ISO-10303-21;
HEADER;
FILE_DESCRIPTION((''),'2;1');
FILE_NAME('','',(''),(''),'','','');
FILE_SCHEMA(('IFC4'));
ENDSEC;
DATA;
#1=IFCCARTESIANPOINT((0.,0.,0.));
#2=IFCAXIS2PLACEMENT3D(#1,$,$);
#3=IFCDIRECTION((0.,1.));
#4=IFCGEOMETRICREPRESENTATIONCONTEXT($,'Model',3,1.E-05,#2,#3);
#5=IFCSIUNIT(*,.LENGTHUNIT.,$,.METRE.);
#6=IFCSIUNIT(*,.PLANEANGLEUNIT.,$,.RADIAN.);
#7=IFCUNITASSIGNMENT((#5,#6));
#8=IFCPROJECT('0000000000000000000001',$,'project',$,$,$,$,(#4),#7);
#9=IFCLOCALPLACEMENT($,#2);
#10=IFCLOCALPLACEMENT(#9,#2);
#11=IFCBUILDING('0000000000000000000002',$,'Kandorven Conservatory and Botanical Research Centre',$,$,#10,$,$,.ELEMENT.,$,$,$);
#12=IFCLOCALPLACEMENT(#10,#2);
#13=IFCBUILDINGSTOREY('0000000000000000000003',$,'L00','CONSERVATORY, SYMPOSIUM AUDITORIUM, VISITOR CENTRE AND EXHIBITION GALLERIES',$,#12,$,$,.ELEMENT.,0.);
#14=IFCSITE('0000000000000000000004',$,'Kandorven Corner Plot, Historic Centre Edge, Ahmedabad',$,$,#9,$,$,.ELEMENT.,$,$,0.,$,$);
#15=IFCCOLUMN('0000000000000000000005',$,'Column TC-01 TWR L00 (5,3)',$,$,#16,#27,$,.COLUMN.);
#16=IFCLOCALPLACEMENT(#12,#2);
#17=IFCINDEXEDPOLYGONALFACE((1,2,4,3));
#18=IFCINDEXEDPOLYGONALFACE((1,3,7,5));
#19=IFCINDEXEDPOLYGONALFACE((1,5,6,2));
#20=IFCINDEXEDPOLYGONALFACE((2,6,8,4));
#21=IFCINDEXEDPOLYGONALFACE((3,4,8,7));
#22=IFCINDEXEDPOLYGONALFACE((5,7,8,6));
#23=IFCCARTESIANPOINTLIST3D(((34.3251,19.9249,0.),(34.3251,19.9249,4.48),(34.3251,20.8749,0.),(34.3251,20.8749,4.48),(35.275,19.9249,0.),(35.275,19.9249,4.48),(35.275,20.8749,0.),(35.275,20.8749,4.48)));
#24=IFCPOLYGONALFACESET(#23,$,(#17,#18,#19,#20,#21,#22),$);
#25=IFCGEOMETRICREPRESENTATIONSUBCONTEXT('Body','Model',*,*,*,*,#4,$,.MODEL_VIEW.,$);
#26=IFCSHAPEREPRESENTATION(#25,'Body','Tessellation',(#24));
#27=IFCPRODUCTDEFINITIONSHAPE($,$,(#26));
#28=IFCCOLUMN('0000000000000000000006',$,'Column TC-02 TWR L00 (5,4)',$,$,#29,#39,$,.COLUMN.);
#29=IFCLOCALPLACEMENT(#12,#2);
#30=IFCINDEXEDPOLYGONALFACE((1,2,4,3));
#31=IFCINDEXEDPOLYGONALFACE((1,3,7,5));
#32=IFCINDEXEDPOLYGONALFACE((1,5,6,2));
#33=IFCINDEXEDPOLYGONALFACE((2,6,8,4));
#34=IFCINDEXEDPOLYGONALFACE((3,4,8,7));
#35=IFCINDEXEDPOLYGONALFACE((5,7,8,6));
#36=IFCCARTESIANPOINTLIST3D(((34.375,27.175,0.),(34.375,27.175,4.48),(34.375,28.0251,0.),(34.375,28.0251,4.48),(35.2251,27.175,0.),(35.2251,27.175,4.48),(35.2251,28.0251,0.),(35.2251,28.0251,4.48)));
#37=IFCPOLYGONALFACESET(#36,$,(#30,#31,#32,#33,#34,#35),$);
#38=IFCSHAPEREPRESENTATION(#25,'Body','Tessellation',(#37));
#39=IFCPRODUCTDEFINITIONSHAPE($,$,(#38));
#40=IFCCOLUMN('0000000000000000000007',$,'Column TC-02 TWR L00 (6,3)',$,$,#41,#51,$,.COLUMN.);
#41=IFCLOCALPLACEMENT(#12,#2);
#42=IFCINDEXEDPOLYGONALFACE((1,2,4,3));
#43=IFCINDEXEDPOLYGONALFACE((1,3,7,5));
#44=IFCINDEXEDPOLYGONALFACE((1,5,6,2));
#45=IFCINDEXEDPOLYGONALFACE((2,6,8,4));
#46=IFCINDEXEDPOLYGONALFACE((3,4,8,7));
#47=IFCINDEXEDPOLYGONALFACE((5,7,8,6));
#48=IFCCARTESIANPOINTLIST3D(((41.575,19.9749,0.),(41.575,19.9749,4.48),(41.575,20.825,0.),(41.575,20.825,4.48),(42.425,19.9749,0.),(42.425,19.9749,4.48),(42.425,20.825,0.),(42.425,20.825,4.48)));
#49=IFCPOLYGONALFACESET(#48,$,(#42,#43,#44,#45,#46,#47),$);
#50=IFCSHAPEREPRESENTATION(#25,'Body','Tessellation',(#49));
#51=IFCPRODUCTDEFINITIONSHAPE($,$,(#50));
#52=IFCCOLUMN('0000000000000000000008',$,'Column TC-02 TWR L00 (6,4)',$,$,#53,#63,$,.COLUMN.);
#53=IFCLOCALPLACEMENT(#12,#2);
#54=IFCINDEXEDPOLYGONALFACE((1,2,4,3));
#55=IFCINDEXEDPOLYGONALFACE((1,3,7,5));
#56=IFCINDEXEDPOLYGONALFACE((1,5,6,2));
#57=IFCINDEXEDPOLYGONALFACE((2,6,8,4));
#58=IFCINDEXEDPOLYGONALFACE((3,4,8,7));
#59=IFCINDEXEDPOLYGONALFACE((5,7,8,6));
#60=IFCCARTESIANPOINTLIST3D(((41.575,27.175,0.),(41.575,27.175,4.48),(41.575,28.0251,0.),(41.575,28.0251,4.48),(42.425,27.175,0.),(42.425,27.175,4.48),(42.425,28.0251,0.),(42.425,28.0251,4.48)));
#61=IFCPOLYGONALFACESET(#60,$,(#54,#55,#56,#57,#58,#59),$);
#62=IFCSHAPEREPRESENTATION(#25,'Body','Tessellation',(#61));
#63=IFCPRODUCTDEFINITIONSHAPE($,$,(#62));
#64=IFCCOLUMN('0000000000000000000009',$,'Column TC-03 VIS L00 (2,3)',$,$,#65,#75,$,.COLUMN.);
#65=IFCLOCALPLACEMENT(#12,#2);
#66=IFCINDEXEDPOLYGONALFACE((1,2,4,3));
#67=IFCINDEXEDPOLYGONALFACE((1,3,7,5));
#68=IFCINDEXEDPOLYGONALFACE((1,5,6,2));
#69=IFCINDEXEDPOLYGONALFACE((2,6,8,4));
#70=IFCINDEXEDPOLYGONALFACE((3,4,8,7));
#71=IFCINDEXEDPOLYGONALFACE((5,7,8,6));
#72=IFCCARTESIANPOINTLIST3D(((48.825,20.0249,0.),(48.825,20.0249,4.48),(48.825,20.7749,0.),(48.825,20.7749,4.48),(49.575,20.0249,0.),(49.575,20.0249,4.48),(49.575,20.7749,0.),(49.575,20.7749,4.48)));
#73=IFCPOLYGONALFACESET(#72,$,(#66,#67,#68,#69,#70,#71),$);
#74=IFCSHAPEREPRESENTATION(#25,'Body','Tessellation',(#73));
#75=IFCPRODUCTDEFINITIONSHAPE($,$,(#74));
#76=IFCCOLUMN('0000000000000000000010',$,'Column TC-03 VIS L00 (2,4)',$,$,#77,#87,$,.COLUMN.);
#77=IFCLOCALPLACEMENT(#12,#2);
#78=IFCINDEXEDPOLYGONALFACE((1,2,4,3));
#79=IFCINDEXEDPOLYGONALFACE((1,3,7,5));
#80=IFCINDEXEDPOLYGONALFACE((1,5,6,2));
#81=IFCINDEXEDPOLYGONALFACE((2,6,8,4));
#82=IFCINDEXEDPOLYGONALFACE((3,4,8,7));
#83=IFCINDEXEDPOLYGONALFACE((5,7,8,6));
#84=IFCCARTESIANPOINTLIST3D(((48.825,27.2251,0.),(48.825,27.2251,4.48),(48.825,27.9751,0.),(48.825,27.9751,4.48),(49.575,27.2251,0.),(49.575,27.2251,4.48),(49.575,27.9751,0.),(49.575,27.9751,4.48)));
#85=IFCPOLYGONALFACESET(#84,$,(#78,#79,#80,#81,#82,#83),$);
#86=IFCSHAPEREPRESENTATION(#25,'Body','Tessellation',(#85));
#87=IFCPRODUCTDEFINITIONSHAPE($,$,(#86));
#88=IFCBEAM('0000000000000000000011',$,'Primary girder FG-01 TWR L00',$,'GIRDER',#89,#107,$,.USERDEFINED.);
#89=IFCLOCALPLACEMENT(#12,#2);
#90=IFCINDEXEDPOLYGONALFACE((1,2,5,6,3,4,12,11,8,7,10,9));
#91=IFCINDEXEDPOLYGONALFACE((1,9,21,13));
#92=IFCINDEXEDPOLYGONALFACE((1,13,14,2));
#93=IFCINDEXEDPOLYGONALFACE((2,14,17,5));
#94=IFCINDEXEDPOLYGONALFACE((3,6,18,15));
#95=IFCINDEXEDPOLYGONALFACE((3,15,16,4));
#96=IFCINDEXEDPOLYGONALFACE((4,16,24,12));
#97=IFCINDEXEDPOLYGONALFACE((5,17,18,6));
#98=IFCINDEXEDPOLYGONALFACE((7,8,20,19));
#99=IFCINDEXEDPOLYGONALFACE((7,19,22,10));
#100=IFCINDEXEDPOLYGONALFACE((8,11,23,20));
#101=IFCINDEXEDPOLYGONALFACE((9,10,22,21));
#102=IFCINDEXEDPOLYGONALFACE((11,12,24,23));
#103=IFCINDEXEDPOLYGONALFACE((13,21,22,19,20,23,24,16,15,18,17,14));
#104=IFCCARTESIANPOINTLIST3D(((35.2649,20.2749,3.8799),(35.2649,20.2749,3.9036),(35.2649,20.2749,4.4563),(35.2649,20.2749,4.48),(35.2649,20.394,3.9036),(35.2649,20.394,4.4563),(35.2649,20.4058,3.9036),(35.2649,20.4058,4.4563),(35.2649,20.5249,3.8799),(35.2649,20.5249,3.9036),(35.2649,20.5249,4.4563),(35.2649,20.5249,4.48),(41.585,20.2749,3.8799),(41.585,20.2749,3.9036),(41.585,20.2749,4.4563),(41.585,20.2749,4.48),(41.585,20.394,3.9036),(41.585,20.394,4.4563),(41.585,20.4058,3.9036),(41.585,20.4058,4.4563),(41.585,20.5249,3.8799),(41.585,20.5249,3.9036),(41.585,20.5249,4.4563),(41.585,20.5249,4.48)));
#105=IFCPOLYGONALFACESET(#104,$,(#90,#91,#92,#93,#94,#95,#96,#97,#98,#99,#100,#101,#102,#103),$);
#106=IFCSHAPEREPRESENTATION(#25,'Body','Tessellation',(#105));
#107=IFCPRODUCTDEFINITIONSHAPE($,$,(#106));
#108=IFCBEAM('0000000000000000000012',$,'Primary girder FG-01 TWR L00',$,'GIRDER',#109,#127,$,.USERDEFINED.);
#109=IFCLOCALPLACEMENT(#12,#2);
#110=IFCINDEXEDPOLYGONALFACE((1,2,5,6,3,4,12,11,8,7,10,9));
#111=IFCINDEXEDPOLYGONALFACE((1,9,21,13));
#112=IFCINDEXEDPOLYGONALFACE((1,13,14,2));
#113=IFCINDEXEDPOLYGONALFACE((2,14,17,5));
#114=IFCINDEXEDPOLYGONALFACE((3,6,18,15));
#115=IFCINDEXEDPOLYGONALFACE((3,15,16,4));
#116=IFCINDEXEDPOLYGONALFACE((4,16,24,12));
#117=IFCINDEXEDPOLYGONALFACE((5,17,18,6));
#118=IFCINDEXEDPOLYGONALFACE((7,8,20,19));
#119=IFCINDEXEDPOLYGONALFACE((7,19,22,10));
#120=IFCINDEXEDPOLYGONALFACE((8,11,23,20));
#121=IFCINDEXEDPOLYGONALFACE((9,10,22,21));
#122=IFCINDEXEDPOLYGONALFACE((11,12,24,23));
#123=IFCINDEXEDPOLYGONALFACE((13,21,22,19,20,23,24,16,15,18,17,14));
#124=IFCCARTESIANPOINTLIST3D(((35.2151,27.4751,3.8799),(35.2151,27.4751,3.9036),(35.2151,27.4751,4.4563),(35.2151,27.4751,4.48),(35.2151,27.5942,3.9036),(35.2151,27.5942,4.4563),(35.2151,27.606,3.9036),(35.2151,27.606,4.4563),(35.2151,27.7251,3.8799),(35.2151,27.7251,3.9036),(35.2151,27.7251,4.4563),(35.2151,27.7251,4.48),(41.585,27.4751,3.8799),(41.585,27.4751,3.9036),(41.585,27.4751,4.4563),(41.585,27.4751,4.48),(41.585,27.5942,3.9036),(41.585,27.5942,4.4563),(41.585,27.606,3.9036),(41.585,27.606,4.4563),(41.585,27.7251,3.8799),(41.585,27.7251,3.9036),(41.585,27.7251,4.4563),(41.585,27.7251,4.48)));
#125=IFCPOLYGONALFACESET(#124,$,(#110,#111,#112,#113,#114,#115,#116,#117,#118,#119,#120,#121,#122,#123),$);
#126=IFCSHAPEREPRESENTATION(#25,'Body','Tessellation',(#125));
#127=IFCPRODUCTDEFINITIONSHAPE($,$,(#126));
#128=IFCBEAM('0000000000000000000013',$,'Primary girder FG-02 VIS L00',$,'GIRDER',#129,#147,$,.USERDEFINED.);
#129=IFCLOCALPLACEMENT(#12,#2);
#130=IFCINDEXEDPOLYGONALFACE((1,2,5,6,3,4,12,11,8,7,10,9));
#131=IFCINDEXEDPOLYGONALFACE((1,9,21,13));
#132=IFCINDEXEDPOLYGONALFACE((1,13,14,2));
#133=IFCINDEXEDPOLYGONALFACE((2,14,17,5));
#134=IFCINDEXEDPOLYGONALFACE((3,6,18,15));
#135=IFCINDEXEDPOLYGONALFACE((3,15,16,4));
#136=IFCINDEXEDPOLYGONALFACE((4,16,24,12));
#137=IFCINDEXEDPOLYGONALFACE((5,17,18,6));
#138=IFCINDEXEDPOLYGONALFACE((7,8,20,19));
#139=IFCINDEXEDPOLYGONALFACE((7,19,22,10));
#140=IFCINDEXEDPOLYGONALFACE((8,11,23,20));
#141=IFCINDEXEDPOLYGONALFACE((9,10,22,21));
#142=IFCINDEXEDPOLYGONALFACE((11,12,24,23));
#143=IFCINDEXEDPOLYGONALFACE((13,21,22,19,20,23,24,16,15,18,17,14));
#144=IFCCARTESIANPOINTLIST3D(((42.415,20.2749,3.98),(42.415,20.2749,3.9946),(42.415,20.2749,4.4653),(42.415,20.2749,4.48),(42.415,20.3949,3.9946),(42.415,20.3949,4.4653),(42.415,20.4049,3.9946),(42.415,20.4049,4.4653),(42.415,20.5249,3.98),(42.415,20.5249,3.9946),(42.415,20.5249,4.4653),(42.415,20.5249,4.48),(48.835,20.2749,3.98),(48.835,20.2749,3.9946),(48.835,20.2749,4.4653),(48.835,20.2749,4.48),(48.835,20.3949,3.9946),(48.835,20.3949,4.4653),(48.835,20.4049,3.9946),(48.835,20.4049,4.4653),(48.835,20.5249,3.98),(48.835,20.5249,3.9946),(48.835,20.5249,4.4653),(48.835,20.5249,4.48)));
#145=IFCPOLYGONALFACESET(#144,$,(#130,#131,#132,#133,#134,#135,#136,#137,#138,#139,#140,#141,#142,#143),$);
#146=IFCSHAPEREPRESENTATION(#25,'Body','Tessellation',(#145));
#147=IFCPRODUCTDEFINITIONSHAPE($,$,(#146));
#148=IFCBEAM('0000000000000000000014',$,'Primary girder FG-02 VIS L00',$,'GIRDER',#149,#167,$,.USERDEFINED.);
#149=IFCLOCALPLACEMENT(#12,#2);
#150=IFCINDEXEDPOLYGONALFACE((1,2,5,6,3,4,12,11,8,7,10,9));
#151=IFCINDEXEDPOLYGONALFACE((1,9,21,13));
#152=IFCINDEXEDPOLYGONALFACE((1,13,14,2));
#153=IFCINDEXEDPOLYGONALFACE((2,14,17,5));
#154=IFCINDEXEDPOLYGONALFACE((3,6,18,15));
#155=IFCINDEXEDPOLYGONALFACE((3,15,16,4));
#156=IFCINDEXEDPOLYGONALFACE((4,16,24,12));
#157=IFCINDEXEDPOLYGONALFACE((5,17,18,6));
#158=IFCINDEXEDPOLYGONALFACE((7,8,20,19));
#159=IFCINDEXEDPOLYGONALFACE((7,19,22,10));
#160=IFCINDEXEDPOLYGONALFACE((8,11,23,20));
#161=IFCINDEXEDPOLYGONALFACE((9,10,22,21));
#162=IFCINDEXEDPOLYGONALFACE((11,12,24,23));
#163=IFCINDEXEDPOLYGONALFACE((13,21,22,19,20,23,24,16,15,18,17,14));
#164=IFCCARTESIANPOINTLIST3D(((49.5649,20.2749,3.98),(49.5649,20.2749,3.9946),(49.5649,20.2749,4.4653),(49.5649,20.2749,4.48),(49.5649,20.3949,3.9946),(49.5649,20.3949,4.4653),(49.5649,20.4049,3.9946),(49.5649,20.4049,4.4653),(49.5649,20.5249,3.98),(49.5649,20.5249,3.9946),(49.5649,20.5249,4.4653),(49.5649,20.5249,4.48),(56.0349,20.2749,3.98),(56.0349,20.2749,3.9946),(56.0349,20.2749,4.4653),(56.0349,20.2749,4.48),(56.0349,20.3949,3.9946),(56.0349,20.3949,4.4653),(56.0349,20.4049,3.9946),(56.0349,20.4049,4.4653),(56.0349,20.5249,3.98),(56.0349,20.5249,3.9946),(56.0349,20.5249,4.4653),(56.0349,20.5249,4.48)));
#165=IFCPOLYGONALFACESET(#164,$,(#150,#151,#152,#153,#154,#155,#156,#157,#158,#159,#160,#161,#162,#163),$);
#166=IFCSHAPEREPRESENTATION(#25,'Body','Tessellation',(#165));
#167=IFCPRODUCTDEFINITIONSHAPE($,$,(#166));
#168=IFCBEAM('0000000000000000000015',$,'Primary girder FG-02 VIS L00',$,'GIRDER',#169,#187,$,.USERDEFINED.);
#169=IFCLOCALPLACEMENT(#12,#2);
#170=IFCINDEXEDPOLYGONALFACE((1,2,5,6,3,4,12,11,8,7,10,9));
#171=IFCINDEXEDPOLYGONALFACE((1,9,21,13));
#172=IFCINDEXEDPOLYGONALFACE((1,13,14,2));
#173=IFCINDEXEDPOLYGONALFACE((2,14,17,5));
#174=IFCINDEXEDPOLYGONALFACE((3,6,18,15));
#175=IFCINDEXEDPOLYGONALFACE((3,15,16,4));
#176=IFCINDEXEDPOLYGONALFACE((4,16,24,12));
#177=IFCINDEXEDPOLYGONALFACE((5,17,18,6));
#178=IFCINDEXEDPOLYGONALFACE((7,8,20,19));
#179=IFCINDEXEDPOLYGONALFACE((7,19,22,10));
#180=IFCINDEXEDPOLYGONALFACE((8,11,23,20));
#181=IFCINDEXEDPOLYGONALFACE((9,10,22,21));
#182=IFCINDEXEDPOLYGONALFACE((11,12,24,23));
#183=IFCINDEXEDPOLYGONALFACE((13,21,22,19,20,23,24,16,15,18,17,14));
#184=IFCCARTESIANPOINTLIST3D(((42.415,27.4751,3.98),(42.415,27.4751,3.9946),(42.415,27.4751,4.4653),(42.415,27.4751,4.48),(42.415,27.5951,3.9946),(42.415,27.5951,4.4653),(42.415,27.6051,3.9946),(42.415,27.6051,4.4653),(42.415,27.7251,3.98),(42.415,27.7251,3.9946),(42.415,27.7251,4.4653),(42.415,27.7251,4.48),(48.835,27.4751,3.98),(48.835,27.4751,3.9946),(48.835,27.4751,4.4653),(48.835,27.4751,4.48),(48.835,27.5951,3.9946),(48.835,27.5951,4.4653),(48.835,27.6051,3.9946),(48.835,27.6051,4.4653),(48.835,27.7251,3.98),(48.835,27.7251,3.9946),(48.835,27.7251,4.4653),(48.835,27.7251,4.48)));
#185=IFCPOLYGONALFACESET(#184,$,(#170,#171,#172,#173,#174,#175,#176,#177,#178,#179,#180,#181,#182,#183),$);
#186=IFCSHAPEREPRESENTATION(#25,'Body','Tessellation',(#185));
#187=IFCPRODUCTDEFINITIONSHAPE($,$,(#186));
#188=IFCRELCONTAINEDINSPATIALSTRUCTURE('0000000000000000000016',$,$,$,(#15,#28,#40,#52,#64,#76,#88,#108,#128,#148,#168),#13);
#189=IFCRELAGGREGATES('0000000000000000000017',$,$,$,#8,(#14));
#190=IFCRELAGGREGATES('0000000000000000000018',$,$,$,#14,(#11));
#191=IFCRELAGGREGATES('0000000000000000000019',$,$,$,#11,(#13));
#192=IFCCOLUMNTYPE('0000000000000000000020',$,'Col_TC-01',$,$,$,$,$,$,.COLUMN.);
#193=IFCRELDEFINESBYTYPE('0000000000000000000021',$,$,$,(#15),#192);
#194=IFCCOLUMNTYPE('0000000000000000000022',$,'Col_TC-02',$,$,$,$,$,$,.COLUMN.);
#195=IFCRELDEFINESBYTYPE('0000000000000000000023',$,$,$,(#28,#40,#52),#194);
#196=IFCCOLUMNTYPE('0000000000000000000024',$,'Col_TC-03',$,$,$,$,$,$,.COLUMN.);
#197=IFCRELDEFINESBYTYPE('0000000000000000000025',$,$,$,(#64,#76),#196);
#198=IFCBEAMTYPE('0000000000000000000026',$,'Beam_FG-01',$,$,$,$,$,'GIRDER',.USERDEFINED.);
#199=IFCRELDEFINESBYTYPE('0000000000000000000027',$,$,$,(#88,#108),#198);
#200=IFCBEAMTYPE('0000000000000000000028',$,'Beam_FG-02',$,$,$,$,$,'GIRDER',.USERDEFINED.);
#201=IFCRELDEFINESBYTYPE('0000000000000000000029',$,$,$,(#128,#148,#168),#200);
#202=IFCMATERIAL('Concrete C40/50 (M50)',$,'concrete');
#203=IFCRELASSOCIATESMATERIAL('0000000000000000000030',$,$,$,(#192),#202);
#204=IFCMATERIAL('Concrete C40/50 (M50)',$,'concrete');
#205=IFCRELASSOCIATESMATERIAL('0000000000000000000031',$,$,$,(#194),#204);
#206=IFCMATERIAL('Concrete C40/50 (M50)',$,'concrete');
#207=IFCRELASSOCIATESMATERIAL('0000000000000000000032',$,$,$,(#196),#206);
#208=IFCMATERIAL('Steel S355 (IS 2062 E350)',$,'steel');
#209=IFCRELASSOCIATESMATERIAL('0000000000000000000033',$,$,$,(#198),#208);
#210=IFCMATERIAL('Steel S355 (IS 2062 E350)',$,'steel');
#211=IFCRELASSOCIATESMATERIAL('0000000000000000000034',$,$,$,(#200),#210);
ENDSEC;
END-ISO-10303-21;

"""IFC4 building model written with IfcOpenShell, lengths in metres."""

from ifc_helpers import new_model, si_unit, direction, frame, origin, origin_2d, place, context, subcontext, project, spatial, rectangle, i_section, extrude, material, material_profile, profile_set, type_object, element, save


model = new_model("IFC4")

# Units and contexts
model_context = context("Model", 3, precision=1e-05, world=origin(), true_north=direction((0.0, 1.0)))
body_context = subcontext(model_context, "Body", "Model", "MODEL_VIEW")
ifc_project = project(units=[si_unit("LENGTHUNIT", "METRE"), si_unit("PLANEANGLEUNIT", "RADIAN")], contexts=[model_context])

# Site, building, storey
site_placement = place(None, origin())
site = spatial("IfcSite", under=ifc_project, at=site_placement, Name="Kandorven Corner Plot, Historic Centre Edge, Ahmedabad", CompositionType="ELEMENT", RefElevation=0.0)
building_placement = place(site_placement, origin())
building = spatial("IfcBuilding", under=site, at=building_placement, Name="Kandorven Conservatory and Botanical Research Centre", CompositionType="ELEMENT")
storey_placement = place(building_placement, origin())
storey = spatial("IfcBuildingStorey", under=building, at=storey_placement, Name="L00", Description="CONSERVATORY, SYMPOSIUM AUDITORIUM, VISITOR CENTRE AND EXHIBITION GALLERIES", CompositionType="ELEMENT", Elevation=0.0)

# Columns
ifc_material_1 = material(Name="Concrete C40/50 (M50)", Category="concrete")
ifc_material_profile_1 = material_profile(ifc_material_1, rectangle(XDim=0.95, YDim=0.95, at=origin_2d()))
ifc_profile_set_1 = profile_set([ifc_material_profile_1], Name="Concrete C40/50 (M50)")
column_type_1 = type_object("IfcColumnType", Name="Col_TC-01", PredefinedType="COLUMN", material=ifc_profile_set_1)
column_placement = place(storey_placement, frame((34.8, 20.3999, 0.0), z_axis=(0.0, 0.0, 1.0), x_axis=(1.0, 0.0, 0.0)))
element("IfcColumn", 1, at=column_placement, inside=storey, type_object=column_type_1, Name="Column TC-01 TWR L00 (5,3)", PredefinedType="COLUMN", context=body_context, shape_type="SweptSolid", body=[
    extrude(rectangle(XDim=0.95, YDim=0.95, at=origin_2d()), origin(), (0.0, 0.0, 1.0), 4.48),
])
ifc_material_2 = material(Name="Concrete C40/50 (M50)", Category="concrete")
ifc_material_profile_2 = material_profile(ifc_material_2, rectangle(XDim=0.8501, YDim=0.8501, at=origin_2d()))
ifc_profile_set_2 = profile_set([ifc_material_profile_2], Name="Concrete C40/50 (M50)")
column_type_2 = type_object("IfcColumnType", Name="Col_TC-02", PredefinedType="COLUMN", material=ifc_profile_set_2)
for number, where, z_axis, x_axis, name in (
    (2, (34.8, 27.6001, 0.0), (0.0, 0.0, 1.0), (1.0, 0.0, 0.0), "Column TC-02 TWR L00 (5,4)"),
    (3, (42.0, 20.3999, 0.0), (0.0, 0.0, 1.0), (1.0, 0.0, 0.0), "Column TC-02 TWR L00 (6,3)"),
    (4, (42.0, 27.6001, 0.0), (0.0, 0.0, 1.0), (1.0, 0.0, 0.0), "Column TC-02 TWR L00 (6,4)"),
):
    element("IfcColumn", number, at=place(storey_placement, frame(where, z_axis=z_axis, x_axis=x_axis)), inside=storey, type_object=column_type_2, Name=name, PredefinedType="COLUMN", context=body_context, shape_type="SweptSolid", body=[
        extrude(rectangle(XDim=0.8501, YDim=0.8501, at=origin_2d()), origin(), (0.0, 0.0, 1.0), 4.48),
    ])
ifc_material_3 = material(Name="Concrete C40/50 (M50)", Category="concrete")
ifc_material_profile_3 = material_profile(ifc_material_3, rectangle(XDim=0.75, YDim=0.75, at=origin_2d()))
ifc_profile_set_3 = profile_set([ifc_material_profile_3], Name="Concrete C40/50 (M50)")
column_type_3 = type_object("IfcColumnType", Name="Col_TC-03", PredefinedType="COLUMN", material=ifc_profile_set_3)
for number, where, z_axis, x_axis, name in (
    (5, (49.2, 20.3999, 0.0), (0.0, 0.0, 1.0), (1.0, 0.0, 0.0), "Column TC-03 VIS L00 (2,3)"),
    (6, (49.2, 27.6001, 0.0), (0.0, 0.0, 1.0), (1.0, 0.0, 0.0), "Column TC-03 VIS L00 (2,4)"),
):
    element("IfcColumn", number, at=place(storey_placement, frame(where, z_axis=z_axis, x_axis=x_axis)), inside=storey, type_object=column_type_3, Name=name, PredefinedType="COLUMN", context=body_context, shape_type="SweptSolid", body=[
        extrude(rectangle(XDim=0.75, YDim=0.75, at=origin_2d()), origin(), (0.0, 0.0, 1.0), 4.48),
    ])

# Beams
ifc_material_4 = material(Name="Steel S355 (IS 2062 E350)", Category="steel")
ifc_material_profile_4 = material_profile(ifc_material_4, i_section(OverallWidth=0.25, OverallDepth=0.6001, WebThickness=0.0117, FlangeThickness=0.0237, at=origin_2d()))
ifc_profile_set_4 = profile_set([ifc_material_profile_4], Name="Steel S355 (IS 2062 E350)")
beam_type_1 = type_object("IfcBeamType", Name="Beam_FG-01", ElementType="GIRDER", PredefinedType="USERDEFINED", material=ifc_profile_set_4)
beam_1_placement = place(storey_placement, frame((35.2649, 20.3999, 4.1799), z_axis=(1.0, 0.0, 0.0), x_axis=(0.0, 1.0, 0.0)))
element("IfcBeam", 7, at=beam_1_placement, inside=storey, type_object=beam_type_1, Name="Primary girder FG-01 TWR L00", ObjectType="GIRDER", PredefinedType="USERDEFINED", context=body_context, shape_type="SweptSolid", body=[
    extrude(i_section(OverallWidth=0.25, OverallDepth=0.6001, WebThickness=0.0117, FlangeThickness=0.0237, at=origin_2d()), origin(), (0.0, 0.0, 1.0), 6.3201),
])
beam_2_placement = place(storey_placement, frame((35.2151, 27.6001, 4.1799), z_axis=(1.0, 0.0, 0.0), x_axis=(0.0, 1.0, 0.0)))
element("IfcBeam", 8, at=beam_2_placement, inside=storey, type_object=beam_type_1, Name="Primary girder FG-01 TWR L00", ObjectType="GIRDER", PredefinedType="USERDEFINED", context=body_context, shape_type="SweptSolid", body=[
    extrude(i_section(OverallWidth=0.25, OverallDepth=0.6001, WebThickness=0.0117, FlangeThickness=0.0237, at=origin_2d()), origin(), (0.0, 0.0, 1.0), 6.3699),
])
ifc_material_5 = material(Name="Steel S355 (IS 2062 E350)", Category="steel")
ifc_material_profile_5 = material_profile(ifc_material_5, i_section(OverallWidth=0.25, OverallDepth=0.5, WebThickness=0.01, FlangeThickness=0.0146, at=origin_2d()))
ifc_profile_set_5 = profile_set([ifc_material_profile_5], Name="Steel S355 (IS 2062 E350)")
beam_type_2 = type_object("IfcBeamType", Name="Beam_FG-02", ElementType="GIRDER", PredefinedType="USERDEFINED", material=ifc_profile_set_5)
beam_3_placement = place(storey_placement, frame((42.415, 20.3999, 4.23), z_axis=(1.0, 0.0, 0.0), x_axis=(0.0, 1.0, 0.0)))
element("IfcBeam", 9, at=beam_3_placement, inside=storey, type_object=beam_type_2, Name="Primary girder FG-02 VIS L00", ObjectType="GIRDER", PredefinedType="USERDEFINED", context=body_context, shape_type="SweptSolid", body=[
    extrude(i_section(OverallWidth=0.25, OverallDepth=0.5, WebThickness=0.01, FlangeThickness=0.0146, at=origin_2d()), origin(), (0.0, 0.0, 1.0), 6.4199),
])
beam_4_placement = place(storey_placement, frame((49.5649, 20.3999, 4.23), z_axis=(1.0, 0.0, 0.0), x_axis=(0.0, 1.0, 0.0)))
element("IfcBeam", 10, at=beam_4_placement, inside=storey, type_object=beam_type_2, Name="Primary girder FG-02 VIS L00", ObjectType="GIRDER", PredefinedType="USERDEFINED", context=body_context, shape_type="SweptSolid", body=[
    extrude(i_section(OverallWidth=0.25, OverallDepth=0.5, WebThickness=0.01, FlangeThickness=0.0146, at=origin_2d()), origin(), (0.0, 0.0, 1.0), 6.47),
])
beam_5_placement = place(storey_placement, frame((42.415, 27.6001, 4.23), z_axis=(1.0, 0.0, 0.0), x_axis=(0.0, 1.0, 0.0)))
element("IfcBeam", 11, at=beam_5_placement, inside=storey, type_object=beam_type_2, Name="Primary girder FG-02 VIS L00", ObjectType="GIRDER", PredefinedType="USERDEFINED", context=body_context, shape_type="SweptSolid", body=[
    extrude(i_section(OverallWidth=0.25, OverallDepth=0.5, WebThickness=0.01, FlangeThickness=0.0146, at=origin_2d()), origin(), (0.0, 0.0, 1.0), 6.4199),
])

save(model, "model.ifc")
